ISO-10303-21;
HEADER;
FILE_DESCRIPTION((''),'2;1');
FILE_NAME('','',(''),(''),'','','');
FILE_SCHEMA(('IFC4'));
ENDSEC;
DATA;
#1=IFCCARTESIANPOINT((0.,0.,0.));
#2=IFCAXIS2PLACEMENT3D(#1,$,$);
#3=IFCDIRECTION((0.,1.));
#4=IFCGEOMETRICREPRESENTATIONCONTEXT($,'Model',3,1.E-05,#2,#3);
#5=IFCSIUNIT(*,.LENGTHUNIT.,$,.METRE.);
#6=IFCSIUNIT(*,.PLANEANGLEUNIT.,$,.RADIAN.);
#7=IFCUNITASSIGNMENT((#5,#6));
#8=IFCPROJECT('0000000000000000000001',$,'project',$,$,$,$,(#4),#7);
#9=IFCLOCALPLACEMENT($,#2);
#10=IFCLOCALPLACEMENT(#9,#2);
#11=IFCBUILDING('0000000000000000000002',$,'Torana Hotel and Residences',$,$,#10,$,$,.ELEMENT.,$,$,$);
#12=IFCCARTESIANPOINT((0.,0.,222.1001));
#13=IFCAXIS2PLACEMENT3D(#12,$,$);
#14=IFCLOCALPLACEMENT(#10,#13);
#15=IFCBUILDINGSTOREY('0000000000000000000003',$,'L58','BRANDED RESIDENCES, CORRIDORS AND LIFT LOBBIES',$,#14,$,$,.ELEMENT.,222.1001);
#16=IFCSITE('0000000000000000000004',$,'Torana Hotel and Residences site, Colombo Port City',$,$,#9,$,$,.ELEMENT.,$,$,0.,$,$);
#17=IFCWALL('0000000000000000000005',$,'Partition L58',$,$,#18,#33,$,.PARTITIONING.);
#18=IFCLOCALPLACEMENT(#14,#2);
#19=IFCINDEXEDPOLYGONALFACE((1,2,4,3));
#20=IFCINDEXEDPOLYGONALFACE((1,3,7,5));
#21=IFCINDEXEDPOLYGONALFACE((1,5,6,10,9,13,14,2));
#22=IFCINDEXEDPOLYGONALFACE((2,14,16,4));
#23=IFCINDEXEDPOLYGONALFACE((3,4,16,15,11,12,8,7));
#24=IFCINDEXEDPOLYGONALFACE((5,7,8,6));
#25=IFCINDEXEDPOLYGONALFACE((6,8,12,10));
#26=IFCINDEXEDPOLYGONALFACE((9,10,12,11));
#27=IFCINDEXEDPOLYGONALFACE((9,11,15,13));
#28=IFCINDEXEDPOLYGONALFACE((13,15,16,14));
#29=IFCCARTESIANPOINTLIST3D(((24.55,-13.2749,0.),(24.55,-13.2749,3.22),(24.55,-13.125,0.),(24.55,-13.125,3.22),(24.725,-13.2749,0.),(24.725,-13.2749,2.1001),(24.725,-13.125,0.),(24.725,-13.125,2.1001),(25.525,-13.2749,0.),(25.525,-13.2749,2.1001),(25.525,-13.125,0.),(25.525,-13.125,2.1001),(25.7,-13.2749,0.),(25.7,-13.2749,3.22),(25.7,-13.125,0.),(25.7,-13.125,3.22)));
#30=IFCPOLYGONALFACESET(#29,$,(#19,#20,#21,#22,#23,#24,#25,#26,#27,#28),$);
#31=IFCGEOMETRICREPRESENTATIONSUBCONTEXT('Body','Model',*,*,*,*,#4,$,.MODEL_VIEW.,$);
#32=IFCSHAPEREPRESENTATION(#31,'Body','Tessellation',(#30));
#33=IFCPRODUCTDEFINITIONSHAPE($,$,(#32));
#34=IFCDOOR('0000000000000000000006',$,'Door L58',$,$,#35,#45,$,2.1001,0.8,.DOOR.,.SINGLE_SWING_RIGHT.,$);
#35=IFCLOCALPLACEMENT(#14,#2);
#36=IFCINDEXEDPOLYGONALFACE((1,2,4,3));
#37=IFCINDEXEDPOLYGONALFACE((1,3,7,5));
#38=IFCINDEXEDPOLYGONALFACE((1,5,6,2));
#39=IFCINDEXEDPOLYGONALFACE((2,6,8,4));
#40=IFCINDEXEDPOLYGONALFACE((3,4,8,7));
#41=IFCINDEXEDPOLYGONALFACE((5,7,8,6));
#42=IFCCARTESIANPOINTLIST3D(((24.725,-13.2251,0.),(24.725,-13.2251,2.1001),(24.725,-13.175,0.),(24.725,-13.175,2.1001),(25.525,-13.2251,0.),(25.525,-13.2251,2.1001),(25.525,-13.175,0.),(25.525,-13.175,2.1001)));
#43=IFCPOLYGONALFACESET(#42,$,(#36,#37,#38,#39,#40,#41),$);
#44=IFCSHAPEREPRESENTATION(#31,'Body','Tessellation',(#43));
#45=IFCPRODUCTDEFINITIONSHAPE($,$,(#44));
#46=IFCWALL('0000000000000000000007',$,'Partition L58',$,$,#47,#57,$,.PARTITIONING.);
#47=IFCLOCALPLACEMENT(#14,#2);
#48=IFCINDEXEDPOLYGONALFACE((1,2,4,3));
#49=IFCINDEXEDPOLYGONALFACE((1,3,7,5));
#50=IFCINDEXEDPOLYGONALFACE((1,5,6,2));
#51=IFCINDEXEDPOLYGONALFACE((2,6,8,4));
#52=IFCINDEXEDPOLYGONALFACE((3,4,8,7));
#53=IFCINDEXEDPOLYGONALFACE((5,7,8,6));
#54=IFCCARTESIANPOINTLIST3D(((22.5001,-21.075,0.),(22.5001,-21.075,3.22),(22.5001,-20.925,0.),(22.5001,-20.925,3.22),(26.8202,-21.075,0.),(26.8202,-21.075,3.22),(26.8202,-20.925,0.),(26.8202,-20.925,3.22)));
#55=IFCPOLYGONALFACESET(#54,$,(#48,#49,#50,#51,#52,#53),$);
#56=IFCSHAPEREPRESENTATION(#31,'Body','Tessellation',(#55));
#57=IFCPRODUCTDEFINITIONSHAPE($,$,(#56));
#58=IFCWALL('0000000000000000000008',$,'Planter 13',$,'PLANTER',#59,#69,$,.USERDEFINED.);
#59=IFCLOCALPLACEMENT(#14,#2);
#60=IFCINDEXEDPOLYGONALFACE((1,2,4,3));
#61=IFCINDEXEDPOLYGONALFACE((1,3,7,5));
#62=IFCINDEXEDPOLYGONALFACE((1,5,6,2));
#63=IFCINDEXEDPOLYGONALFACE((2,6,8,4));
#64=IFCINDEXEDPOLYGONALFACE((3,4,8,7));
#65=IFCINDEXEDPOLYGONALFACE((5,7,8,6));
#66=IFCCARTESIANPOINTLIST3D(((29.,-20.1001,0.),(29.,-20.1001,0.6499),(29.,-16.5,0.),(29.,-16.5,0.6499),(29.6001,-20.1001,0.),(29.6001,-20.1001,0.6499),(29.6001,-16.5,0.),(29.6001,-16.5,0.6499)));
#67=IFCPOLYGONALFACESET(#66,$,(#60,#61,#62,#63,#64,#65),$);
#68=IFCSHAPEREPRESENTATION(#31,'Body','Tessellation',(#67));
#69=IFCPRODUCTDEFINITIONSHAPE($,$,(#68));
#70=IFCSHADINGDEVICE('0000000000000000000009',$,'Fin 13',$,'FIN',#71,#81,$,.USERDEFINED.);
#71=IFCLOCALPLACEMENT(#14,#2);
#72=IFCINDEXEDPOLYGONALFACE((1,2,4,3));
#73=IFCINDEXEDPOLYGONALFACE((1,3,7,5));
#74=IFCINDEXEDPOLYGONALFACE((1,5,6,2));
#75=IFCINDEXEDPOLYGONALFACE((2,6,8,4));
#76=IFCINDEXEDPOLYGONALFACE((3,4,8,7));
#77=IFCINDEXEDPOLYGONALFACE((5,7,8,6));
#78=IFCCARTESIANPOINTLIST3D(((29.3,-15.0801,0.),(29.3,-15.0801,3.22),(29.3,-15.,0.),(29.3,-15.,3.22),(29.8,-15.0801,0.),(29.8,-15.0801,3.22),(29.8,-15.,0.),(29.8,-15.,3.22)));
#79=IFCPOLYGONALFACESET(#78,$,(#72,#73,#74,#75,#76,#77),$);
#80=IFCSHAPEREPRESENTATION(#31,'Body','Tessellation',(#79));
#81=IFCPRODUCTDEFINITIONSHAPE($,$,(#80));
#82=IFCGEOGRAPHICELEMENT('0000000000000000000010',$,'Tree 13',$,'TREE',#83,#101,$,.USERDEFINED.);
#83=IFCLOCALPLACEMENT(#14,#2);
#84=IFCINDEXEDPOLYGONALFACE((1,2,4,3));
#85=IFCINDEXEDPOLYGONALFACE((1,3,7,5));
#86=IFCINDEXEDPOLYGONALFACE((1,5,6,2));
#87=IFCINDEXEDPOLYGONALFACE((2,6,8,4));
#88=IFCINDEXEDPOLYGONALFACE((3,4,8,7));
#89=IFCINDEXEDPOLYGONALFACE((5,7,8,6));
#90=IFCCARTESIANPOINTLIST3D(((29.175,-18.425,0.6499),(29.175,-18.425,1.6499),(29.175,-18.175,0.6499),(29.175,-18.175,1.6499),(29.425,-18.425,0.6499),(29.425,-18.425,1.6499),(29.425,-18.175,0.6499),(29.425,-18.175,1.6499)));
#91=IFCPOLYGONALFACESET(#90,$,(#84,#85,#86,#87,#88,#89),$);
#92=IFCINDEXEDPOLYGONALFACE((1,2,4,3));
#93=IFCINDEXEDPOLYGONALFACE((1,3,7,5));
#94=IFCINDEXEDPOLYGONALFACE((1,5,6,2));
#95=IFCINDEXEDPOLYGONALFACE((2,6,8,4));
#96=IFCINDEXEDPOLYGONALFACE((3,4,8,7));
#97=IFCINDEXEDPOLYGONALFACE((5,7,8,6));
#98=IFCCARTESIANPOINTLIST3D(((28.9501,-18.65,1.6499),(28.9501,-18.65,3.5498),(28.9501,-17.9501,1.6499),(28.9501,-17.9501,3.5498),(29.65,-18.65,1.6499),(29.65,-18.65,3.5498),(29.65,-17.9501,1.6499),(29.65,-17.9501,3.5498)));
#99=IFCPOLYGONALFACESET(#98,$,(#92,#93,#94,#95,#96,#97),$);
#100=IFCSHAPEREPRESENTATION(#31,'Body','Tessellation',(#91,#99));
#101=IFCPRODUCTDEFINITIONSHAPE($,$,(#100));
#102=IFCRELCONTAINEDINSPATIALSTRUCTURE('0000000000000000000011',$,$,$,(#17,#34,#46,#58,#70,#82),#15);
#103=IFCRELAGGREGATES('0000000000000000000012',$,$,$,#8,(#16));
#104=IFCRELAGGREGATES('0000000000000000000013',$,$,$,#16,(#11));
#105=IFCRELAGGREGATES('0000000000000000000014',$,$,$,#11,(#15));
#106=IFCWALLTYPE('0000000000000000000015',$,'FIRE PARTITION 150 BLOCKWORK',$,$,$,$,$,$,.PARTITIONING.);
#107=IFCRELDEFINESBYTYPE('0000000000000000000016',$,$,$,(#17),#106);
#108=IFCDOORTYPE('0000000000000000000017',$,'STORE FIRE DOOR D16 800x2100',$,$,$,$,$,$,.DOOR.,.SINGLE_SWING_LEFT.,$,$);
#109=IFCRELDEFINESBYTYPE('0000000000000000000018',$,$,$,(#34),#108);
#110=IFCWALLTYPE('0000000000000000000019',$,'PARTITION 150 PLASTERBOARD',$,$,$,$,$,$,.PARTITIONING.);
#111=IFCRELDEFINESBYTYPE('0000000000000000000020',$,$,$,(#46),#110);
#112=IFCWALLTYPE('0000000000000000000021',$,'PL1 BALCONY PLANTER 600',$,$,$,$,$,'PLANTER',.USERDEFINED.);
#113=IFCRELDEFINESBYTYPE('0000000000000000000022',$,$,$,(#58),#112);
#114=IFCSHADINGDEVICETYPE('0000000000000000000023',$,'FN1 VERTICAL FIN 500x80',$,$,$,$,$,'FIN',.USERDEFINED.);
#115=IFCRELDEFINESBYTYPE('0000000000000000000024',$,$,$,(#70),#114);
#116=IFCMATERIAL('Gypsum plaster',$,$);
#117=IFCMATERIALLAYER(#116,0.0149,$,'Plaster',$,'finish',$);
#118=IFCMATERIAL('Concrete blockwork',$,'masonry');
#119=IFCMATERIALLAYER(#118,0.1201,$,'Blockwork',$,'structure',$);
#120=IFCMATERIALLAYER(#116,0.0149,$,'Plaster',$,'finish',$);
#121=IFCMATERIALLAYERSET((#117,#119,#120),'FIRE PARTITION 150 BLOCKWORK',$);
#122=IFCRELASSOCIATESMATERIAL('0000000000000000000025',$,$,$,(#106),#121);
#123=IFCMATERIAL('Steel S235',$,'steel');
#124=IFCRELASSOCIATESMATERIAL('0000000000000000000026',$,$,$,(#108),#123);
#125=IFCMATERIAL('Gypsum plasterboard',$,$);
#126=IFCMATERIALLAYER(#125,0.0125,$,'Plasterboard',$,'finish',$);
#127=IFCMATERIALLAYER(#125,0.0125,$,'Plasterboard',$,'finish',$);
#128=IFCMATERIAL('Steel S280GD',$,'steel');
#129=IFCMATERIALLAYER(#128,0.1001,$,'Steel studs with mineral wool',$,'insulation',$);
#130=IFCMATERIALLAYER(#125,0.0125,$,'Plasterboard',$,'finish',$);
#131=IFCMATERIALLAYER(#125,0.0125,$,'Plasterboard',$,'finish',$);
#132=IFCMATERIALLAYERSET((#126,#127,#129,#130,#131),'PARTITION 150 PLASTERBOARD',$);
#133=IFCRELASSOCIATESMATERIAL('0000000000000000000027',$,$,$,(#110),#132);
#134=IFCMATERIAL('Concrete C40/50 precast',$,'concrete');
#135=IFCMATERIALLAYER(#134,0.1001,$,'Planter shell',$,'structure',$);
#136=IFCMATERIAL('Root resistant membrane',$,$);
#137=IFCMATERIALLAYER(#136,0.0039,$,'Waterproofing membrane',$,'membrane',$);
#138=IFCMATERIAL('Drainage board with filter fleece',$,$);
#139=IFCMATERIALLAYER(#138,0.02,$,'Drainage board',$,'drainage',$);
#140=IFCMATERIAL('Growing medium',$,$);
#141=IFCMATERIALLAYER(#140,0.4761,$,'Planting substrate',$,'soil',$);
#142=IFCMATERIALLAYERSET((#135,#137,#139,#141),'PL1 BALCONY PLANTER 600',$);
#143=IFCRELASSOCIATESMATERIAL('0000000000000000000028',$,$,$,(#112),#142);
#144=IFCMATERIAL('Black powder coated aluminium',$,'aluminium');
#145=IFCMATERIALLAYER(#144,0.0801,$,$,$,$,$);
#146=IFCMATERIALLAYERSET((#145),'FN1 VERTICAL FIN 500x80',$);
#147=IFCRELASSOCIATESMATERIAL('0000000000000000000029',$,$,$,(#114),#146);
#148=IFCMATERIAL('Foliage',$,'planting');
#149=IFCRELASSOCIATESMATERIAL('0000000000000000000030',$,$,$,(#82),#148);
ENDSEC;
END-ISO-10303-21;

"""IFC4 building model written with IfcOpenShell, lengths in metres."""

from ifc_helpers import new_model, si_unit, direction, frame, frame_2d, origin, origin_2d, place, context, subcontext, project, spatial, rectangle, extrude, material, layer, layer_set, type_object, element, fill, save


model = new_model("IFC4")

# Units and contexts
model_context = context("Model", 3, precision=1e-05, world=origin(), true_north=direction((0.0, 1.0)))
body_context = subcontext(model_context, "Body", "Model", "MODEL_VIEW")
ifc_project = project(units=[si_unit("LENGTHUNIT", "METRE"), si_unit("PLANEANGLEUNIT", "RADIAN")], contexts=[model_context])

# Site, building, storey
site_placement = place(None, origin())
site = spatial("IfcSite", under=ifc_project, at=site_placement, Name="Torana Hotel and Residences site, Colombo Port City", CompositionType="ELEMENT", RefElevation=0.0)
building_placement = place(site_placement, origin())
building = spatial("IfcBuilding", under=site, at=building_placement, Name="Torana Hotel and Residences", CompositionType="ELEMENT")
storey_placement = place(building_placement, frame((0.0, 0.0, 222.1001)))
storey = spatial("IfcBuildingStorey", under=building, at=storey_placement, Name="L58", Description="BRANDED RESIDENCES, CORRIDORS AND LIFT LOBBIES", CompositionType="ELEMENT", Elevation=222.1001)

# Shared definitions
ifc_material_1 = material(Name="Gypsum plaster")
ifc_layer_1 = layer(ifc_material_1, 0.0149, Name="Plaster", Category="finish")
ifc_material_2 = material(Name="Concrete blockwork", Category="masonry")
ifc_layer_2 = layer(ifc_material_2, 0.1201, Name="Blockwork", Category="structure")
ifc_layer_3 = layer(ifc_material_1, 0.0149, Name="Plaster", Category="finish")
ifc_layer_set_1 = layer_set([ifc_layer_1, ifc_layer_2, ifc_layer_3], Name="FIRE PARTITION 150 BLOCKWORK")
wall_type_1 = type_object("IfcWallType", Name="FIRE PARTITION 150 BLOCKWORK", PredefinedType="PARTITIONING", material=ifc_layer_set_1)

# Wall, opening, door
wall_1_placement = place(storey_placement, frame((24.55, -13.2, 0.0), z_axis=(0.0, 0.0, 1.0), x_axis=(1.0, 0.0, 0.0)))
wall_1 = element("IfcWall", 1, at=wall_1_placement, inside=storey, type_object=wall_type_1, Name="Partition L58", PredefinedType="PARTITIONING", context=body_context, shape_type="SweptSolid", body=[
    extrude(rectangle(XDim=1.1499, YDim=0.1499, at=frame_2d((0.575, 0.0))), origin(), (0.0, 0.0, 1.0), 3.22),
])
opening_1_placement = place(wall_1_placement, frame((0.175, 0.0, 0.0)))
opening_1 = element("IfcOpeningElement", 2, at=opening_1_placement, cuts=wall_1, PredefinedType="OPENING", context=body_context, shape_type="SweptSolid", body=[
    extrude(rectangle(XDim=0.8, YDim=2.1001, at=frame_2d((0.3999, 1.05))), frame((0.0, 0.085, 0.0), z_axis=(0.0, -1.0, 0.0), x_axis=(1.0, 0.0, 0.0)), (0.0, 0.0, 1.0), 0.1699),
])
ifc_material_3 = material(Name="Steel S235", Category="steel")
door_type_1 = type_object("IfcDoorType", Name="STORE FIRE DOOR D16 800x2100", OperationType="SINGLE_SWING_LEFT", PredefinedType="DOOR", material=ifc_material_3)
door_1_placement = place(opening_1_placement, origin())
door_1 = element("IfcDoor", 3, at=door_1_placement, inside=storey, type_object=door_type_1, Name="Door L58", OperationType="SINGLE_SWING_RIGHT", OverallHeight=2.1001, OverallWidth=0.8, PredefinedType="DOOR", context=body_context, shape_type="SweptSolid", body=[
    extrude(rectangle(XDim=0.8, YDim=2.1001, at=frame_2d((0.3999, 1.05))), frame((0.0, 0.0249, 0.0), z_axis=(0.0, -1.0, 0.0), x_axis=(1.0, 0.0, 0.0)), (0.0, 0.0, 1.0), 0.05),
])
fill(opening_1, door_1)

# Walls
ifc_material_4 = material(Name="Gypsum plasterboard")
ifc_layer_4 = layer(ifc_material_4, 0.0125, Name="Plasterboard", Category="finish")
ifc_layer_5 = layer(ifc_material_4, 0.0125, Name="Plasterboard", Category="finish")
ifc_material_5 = material(Name="Steel S280GD", Category="steel")
ifc_layer_6 = layer(ifc_material_5, 0.1001, Name="Steel studs with mineral wool", Category="insulation")
ifc_layer_7 = layer(ifc_material_4, 0.0125, Name="Plasterboard", Category="finish")
ifc_layer_8 = layer(ifc_material_4, 0.0125, Name="Plasterboard", Category="finish")
ifc_layer_set_2 = layer_set([ifc_layer_4, ifc_layer_5, ifc_layer_6, ifc_layer_7, ifc_layer_8], Name="PARTITION 150 PLASTERBOARD")
wall_type_2 = type_object("IfcWallType", Name="PARTITION 150 PLASTERBOARD", PredefinedType="PARTITIONING", material=ifc_layer_set_2)
wall_2_placement = place(storey_placement, frame((22.5, -21.0, 0.0), z_axis=(0.0, 0.0, 1.0), x_axis=(1.0, 0.0, 0.0)))
element("IfcWall", 4, at=wall_2_placement, inside=storey, type_object=wall_type_2, Name="Partition L58", PredefinedType="PARTITIONING", context=body_context, shape_type="SweptSolid", body=[
    extrude(rectangle(XDim=4.3201, YDim=0.1499, at=frame_2d((2.1602, 0.0))), origin(), (0.0, 0.0, 1.0), 3.22),
])
ifc_material_6 = material(Name="Concrete C40/50 precast", Category="concrete")
ifc_layer_9 = layer(ifc_material_6, 0.1001, Name="Planter shell", Category="structure")
ifc_material_7 = material(Name="Root resistant membrane")
ifc_layer_10 = layer(ifc_material_7, 0.0039, Name="Waterproofing membrane", Category="membrane")
ifc_material_8 = material(Name="Drainage board with filter fleece")
ifc_layer_11 = layer(ifc_material_8, 0.02, Name="Drainage board", Category="drainage")
ifc_material_9 = material(Name="Growing medium")
ifc_layer_12 = layer(ifc_material_9, 0.4761, Name="Planting substrate", Category="soil")
ifc_layer_set_3 = layer_set([ifc_layer_9, ifc_layer_10, ifc_layer_11, ifc_layer_12], Name="PL1 BALCONY PLANTER 600")
wall_type_3 = type_object("IfcWallType", Name="PL1 BALCONY PLANTER 600", ElementType="PLANTER", PredefinedType="USERDEFINED", material=ifc_layer_set_3)
wall_3_placement = place(storey_placement, frame((29.3, -16.5, 0.0), z_axis=(0.0, 0.0, 1.0), x_axis=(0.0, -1.0, 0.0)))
element("IfcWall", 5, at=wall_3_placement, inside=storey, type_object=wall_type_3, Name="Planter 13", ObjectType="PLANTER", PredefinedType="USERDEFINED", context=body_context, shape_type="SweptSolid", body=[
    extrude(rectangle(XDim=3.6001, YDim=0.6001, at=frame_2d((1.8, 0.0))), origin(), (0.0, 0.0, 1.0), 0.6499),
])

# Shading device
ifc_material_10 = material(Name="Black powder coated aluminium", Category="aluminium")
ifc_layer_13 = layer(ifc_material_10, 0.0801)
ifc_layer_set_4 = layer_set([ifc_layer_13], Name="FN1 VERTICAL FIN 500x80")
shading_device_type = type_object("IfcShadingDeviceType", Name="FN1 VERTICAL FIN 500x80", ElementType="FIN", PredefinedType="USERDEFINED", material=ifc_layer_set_4)
shading_device_placement = place(storey_placement, frame((29.55, -15.04, 0.0), z_axis=(0.0, 0.0, 1.0), x_axis=(0.0, -1.0, 0.0)))
element("IfcShadingDevice", 6, at=shading_device_placement, inside=storey, type_object=shading_device_type, Name="Fin 13", ObjectType="FIN", PredefinedType="USERDEFINED", context=body_context, shape_type="SweptSolid", body=[
    extrude(rectangle(XDim=0.0801, YDim=0.5, at=origin_2d()), origin(), (0.0, 0.0, 1.0), 3.22),
])

# Geographic element
ifc_material_11 = material(Name="Foliage", Category="planting")
geographic_element_placement = place(storey_placement, frame((29.3, -18.3, 0.6499), z_axis=(0.0, 0.0, 1.0), x_axis=(1.0, 0.0, 0.0)))
element("IfcGeographicElement", 7, at=geographic_element_placement, inside=storey, material=ifc_material_11, Name="Tree 13", ObjectType="TREE", PredefinedType="USERDEFINED", context=body_context, shape_type="SweptSolid", body=[
    extrude(rectangle(XDim=0.25, YDim=0.25, at=origin_2d()), origin(), (0.0, 0.0, 1.0), 1.0),
    extrude(rectangle(XDim=0.7, YDim=0.7, at=origin_2d()), frame((0.0, 0.0, 1.0)), (0.0, 0.0, 1.0), 1.8999),
])

save(model, "model.ifc")
